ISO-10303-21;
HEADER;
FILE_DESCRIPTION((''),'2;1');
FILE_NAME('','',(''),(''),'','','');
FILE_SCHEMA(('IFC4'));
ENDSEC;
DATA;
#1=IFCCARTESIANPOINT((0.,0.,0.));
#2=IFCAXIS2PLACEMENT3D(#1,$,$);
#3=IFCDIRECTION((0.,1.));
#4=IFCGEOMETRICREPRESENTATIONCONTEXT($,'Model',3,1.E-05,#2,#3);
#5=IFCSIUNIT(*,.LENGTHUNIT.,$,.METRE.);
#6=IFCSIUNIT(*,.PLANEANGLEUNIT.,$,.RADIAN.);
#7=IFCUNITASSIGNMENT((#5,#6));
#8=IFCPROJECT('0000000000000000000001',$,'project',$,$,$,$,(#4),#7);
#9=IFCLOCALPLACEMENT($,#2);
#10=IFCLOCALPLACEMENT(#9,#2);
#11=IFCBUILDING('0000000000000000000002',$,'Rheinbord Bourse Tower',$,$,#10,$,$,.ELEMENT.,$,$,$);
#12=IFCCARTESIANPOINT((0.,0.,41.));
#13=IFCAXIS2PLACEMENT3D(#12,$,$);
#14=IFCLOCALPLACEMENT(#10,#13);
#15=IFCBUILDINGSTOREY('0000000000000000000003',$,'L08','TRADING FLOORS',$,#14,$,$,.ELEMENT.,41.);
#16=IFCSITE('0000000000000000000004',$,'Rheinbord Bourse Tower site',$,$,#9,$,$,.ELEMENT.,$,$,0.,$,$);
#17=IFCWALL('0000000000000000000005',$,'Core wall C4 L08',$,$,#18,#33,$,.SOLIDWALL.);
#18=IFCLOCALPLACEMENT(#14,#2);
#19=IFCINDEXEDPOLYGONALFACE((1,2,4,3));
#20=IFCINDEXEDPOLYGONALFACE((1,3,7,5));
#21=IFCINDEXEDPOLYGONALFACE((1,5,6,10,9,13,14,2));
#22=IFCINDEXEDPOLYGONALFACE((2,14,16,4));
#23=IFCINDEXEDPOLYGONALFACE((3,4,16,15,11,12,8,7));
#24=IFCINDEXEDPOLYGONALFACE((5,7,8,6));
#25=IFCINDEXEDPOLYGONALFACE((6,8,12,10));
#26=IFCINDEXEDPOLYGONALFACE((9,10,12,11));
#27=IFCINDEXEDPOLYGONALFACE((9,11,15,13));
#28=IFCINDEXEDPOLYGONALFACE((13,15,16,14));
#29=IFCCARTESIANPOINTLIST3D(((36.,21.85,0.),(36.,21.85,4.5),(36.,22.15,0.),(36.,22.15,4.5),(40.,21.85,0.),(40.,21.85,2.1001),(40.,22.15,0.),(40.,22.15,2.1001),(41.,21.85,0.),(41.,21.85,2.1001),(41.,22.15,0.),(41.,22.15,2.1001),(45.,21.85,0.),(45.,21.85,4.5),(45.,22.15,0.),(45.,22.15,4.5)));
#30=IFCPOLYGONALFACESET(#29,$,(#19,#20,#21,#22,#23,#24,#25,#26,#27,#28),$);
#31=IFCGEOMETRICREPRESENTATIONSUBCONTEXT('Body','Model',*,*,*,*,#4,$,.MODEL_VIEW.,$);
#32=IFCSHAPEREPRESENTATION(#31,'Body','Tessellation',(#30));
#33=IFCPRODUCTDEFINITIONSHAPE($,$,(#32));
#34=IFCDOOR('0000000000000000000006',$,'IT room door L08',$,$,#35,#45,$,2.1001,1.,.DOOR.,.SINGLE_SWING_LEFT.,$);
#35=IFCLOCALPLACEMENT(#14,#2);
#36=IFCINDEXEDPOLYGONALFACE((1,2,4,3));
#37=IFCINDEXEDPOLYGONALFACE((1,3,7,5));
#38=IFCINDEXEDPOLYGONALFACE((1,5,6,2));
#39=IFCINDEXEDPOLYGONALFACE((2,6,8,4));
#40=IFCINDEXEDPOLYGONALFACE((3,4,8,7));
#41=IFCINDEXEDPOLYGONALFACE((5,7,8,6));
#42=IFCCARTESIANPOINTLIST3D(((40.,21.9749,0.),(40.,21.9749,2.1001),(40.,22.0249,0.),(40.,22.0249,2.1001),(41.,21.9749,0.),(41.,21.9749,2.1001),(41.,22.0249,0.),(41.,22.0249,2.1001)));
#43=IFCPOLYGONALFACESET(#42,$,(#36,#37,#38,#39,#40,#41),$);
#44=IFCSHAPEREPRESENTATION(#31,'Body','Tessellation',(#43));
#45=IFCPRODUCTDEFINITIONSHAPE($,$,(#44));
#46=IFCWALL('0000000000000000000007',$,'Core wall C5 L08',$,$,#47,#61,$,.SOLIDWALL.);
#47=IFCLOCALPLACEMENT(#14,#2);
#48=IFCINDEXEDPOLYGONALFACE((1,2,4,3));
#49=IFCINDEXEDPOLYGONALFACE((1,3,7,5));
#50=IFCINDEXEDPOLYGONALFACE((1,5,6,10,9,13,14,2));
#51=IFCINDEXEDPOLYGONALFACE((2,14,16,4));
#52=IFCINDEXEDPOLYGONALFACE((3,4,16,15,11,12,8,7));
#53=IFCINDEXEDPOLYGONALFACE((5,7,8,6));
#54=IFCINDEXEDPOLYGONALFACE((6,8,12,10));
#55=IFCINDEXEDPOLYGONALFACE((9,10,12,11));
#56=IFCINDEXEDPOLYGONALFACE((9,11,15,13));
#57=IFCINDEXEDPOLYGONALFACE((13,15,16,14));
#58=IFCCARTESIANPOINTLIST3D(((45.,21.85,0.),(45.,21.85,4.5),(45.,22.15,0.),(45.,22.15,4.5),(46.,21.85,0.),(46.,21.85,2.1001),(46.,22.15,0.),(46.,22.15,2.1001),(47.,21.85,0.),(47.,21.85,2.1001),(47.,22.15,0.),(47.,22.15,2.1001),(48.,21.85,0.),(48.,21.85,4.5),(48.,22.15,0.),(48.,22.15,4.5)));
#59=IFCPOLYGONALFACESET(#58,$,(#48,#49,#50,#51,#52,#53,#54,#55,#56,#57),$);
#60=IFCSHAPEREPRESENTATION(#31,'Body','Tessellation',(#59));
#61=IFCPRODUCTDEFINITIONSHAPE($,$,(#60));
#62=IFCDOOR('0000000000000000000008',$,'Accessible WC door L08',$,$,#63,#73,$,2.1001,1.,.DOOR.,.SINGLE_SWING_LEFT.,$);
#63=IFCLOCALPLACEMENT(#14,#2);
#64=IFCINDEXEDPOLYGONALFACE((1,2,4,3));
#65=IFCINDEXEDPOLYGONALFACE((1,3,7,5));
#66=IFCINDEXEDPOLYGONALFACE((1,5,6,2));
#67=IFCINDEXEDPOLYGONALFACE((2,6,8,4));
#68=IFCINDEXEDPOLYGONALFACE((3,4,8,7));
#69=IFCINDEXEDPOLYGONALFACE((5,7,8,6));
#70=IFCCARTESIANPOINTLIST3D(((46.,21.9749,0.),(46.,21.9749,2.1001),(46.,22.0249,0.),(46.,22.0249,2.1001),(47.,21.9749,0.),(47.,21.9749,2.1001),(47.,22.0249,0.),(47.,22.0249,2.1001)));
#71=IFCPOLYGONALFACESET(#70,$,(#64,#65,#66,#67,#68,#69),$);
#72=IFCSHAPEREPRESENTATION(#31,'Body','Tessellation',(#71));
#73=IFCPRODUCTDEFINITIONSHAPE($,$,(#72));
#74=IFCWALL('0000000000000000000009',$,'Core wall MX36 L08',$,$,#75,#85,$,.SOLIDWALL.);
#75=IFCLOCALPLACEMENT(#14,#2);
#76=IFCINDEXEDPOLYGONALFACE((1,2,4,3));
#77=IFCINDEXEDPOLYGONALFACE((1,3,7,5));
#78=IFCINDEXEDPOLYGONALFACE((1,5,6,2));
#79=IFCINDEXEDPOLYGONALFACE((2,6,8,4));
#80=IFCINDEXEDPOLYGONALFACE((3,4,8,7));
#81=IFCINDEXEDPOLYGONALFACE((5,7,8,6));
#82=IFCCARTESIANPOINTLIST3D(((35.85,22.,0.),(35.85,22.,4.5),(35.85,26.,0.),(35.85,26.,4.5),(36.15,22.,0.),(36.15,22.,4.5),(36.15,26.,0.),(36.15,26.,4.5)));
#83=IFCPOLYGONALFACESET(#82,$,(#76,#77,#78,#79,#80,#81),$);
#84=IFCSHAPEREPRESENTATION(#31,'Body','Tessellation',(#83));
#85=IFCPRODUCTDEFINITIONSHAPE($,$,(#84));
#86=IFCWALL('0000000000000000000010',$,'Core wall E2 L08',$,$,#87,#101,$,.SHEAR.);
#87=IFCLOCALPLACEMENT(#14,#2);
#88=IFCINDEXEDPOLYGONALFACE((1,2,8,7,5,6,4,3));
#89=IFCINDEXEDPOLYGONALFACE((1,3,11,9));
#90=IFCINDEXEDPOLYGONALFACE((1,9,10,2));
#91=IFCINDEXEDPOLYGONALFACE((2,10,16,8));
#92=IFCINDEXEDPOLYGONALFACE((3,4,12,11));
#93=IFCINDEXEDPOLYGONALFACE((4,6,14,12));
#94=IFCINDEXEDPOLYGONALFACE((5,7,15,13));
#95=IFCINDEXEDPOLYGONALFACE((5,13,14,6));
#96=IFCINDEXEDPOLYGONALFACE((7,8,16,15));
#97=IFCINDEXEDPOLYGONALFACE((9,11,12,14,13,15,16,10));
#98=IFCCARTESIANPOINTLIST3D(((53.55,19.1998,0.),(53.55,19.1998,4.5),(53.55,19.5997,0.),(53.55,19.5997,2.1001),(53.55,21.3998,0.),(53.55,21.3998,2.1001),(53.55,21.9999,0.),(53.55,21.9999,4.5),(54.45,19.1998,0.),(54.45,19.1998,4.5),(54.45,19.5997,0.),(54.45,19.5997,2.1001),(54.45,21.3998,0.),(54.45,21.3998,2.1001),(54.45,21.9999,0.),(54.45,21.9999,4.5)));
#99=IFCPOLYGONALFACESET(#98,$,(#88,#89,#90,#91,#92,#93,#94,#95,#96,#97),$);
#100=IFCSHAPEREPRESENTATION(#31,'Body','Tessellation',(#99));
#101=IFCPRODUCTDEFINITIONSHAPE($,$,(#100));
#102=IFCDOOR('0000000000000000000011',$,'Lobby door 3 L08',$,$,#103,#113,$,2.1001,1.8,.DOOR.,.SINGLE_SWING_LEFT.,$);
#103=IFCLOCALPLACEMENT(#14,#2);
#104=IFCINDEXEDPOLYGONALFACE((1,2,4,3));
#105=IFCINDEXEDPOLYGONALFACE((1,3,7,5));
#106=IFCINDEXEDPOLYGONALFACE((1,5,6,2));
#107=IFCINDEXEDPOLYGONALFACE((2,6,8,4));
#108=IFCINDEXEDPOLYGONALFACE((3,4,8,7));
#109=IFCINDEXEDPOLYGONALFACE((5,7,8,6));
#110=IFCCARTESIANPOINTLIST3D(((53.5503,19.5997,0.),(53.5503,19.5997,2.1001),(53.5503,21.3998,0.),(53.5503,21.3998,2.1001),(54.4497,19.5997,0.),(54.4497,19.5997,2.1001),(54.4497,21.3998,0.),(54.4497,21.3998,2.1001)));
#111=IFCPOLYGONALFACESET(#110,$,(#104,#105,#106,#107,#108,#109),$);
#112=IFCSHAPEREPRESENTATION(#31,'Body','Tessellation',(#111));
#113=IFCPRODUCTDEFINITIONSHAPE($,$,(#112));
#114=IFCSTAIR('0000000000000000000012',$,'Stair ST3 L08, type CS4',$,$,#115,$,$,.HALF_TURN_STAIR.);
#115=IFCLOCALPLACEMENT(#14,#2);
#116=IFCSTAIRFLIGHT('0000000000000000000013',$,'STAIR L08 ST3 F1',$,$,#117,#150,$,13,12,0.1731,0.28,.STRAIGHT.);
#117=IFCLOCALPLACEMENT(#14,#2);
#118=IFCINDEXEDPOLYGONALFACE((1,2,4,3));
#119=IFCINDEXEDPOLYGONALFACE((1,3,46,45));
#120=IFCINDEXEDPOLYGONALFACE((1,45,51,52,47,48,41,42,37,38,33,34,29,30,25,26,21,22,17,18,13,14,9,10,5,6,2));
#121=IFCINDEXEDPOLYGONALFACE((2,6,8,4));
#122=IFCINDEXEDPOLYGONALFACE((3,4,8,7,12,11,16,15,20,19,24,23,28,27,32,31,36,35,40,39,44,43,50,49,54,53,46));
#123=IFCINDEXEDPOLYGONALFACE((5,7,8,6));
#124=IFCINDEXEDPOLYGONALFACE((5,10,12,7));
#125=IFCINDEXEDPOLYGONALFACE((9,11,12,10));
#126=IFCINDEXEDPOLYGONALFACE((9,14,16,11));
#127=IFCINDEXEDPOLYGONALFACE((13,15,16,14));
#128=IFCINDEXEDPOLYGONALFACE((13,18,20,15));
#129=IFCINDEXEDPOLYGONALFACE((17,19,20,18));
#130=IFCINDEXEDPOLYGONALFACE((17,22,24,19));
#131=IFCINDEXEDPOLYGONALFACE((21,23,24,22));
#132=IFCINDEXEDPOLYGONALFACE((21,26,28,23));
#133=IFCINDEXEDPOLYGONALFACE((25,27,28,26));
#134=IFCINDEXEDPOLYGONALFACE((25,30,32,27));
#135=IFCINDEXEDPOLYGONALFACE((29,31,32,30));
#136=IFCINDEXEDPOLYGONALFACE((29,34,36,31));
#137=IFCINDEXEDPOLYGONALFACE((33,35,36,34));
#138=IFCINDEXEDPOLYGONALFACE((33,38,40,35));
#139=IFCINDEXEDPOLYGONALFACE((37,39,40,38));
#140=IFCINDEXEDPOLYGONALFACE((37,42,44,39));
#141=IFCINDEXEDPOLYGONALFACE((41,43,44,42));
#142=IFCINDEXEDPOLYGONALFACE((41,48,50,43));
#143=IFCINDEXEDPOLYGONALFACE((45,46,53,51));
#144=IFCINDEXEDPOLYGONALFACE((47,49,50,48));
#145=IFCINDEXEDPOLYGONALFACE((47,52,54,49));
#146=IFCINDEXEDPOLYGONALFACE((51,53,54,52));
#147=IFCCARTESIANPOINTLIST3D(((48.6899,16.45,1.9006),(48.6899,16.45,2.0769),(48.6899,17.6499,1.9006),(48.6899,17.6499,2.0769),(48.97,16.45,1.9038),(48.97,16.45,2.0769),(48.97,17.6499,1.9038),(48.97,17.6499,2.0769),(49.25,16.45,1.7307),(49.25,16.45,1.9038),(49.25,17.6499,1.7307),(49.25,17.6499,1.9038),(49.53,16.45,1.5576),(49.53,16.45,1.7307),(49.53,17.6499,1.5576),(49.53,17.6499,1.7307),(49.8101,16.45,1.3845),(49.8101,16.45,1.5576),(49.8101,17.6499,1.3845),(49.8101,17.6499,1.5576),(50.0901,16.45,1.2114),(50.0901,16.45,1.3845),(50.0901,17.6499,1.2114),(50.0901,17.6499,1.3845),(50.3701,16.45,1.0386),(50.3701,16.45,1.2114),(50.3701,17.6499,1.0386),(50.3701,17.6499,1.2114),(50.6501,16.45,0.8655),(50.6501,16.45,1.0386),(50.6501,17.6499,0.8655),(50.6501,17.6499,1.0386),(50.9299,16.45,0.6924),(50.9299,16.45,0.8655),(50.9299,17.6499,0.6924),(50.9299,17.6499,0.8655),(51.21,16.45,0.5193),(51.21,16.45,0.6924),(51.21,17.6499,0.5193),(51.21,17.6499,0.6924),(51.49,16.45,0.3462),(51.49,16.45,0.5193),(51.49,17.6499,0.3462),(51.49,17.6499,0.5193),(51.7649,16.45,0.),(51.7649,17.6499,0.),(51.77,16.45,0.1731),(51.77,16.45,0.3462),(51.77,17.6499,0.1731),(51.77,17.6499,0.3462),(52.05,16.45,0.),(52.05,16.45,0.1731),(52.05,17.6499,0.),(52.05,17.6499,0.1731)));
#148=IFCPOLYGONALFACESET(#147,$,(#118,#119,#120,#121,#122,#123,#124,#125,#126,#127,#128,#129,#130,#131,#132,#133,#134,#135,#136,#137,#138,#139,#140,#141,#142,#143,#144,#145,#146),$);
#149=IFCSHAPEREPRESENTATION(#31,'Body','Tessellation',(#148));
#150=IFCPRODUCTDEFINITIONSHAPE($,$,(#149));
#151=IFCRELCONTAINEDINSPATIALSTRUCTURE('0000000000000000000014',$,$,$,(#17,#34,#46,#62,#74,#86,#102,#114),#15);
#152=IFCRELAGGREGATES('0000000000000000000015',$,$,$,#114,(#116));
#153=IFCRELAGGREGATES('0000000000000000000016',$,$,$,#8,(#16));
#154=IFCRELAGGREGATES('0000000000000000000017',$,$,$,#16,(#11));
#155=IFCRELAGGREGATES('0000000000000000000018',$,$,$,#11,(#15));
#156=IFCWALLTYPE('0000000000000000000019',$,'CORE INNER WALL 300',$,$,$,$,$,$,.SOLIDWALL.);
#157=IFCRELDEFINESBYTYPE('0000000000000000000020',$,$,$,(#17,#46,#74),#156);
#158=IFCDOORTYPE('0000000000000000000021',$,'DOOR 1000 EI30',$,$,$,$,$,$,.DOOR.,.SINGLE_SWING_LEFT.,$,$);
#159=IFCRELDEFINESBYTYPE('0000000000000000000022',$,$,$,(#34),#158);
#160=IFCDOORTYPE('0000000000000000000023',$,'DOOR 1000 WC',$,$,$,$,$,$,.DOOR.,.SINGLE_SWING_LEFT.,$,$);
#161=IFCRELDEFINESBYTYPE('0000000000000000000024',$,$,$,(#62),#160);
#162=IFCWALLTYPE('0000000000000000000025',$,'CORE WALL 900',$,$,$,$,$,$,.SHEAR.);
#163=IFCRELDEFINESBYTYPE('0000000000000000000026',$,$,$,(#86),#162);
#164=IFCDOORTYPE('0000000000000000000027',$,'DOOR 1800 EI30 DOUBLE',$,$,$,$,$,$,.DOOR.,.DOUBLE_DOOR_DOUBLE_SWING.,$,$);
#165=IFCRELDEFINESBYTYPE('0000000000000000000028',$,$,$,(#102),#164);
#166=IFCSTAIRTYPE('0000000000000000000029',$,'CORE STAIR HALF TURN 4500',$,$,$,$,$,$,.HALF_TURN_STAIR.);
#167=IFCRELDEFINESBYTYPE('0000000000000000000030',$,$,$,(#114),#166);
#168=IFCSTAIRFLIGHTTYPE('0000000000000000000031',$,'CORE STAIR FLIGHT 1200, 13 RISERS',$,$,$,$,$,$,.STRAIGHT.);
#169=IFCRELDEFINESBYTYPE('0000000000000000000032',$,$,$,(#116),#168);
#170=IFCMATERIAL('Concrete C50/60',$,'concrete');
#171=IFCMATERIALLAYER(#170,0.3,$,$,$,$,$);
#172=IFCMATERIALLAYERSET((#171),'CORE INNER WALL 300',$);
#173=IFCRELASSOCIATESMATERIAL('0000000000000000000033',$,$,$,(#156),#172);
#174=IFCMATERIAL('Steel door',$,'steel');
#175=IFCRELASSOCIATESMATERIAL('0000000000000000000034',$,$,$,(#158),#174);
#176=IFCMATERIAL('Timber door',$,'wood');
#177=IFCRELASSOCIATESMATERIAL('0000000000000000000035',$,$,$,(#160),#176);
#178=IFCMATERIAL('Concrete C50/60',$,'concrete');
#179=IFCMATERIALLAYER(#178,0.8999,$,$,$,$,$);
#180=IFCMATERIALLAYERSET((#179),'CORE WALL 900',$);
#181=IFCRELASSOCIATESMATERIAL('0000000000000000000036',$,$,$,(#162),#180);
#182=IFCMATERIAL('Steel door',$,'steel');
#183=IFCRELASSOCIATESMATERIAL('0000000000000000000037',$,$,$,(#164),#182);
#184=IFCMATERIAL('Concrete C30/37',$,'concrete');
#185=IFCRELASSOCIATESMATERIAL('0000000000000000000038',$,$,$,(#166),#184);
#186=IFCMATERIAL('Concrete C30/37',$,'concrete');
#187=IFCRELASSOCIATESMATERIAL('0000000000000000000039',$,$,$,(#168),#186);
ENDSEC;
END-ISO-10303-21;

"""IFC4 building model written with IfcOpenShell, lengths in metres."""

from ifc_helpers import new_model, si_unit, direction, frame, frame_2d, origin, place, context, subcontext, project, spatial, polyline, rectangle, outline, extrude, material, layer, layer_set, type_object, element, fill, aggregate, save


model = new_model("IFC4")

# Units and contexts
model_context = context("Model", 3, precision=1e-05, world=origin(), true_north=direction((0.0, 1.0)))
body_context = subcontext(model_context, "Body", "Model", "MODEL_VIEW")
ifc_project = project(units=[si_unit("LENGTHUNIT", "METRE"), si_unit("PLANEANGLEUNIT", "RADIAN")], contexts=[model_context])

# Site, building, storey
site_placement = place(None, origin())
site = spatial("IfcSite", under=ifc_project, at=site_placement, Name="Rheinbord Bourse Tower site", CompositionType="ELEMENT", RefElevation=0.0)
building_placement = place(site_placement, origin())
building = spatial("IfcBuilding", under=site, at=building_placement, Name="Rheinbord Bourse Tower", CompositionType="ELEMENT")
storey_placement = place(building_placement, frame((0.0, 0.0, 41.0)))
storey = spatial("IfcBuildingStorey", under=building, at=storey_placement, Name="L08", Description="TRADING FLOORS", CompositionType="ELEMENT", Elevation=41.0)

# Shared definitions
ifc_material_1 = material(Name="Concrete C50/60", Category="concrete")
ifc_layer_1 = layer(ifc_material_1, 0.3)
ifc_layer_set_1 = layer_set([ifc_layer_1], Name="CORE INNER WALL 300")
wall_type_1 = type_object("IfcWallType", Name="CORE INNER WALL 300", PredefinedType="SOLIDWALL", material=ifc_layer_set_1)

# Walls, openings, doors
ifc_material_2 = material(Name="Steel door", Category="steel")
door_type_1 = type_object("IfcDoorType", Name="DOOR 1000 EI30", OperationType="SINGLE_SWING_LEFT", PredefinedType="DOOR", material=ifc_material_2)
wall_1_placement = place(storey_placement, frame((36.0, 22.0, 0.0), z_axis=(0.0, 0.0, 1.0), x_axis=(1.0, 0.0, 0.0)))
wall_1 = element("IfcWall", 1, at=wall_1_placement, inside=storey, type_object=wall_type_1, Name="Core wall C4 L08", PredefinedType="SOLIDWALL", context=body_context, shape_type="SweptSolid", body=[
    extrude(rectangle(XDim=9.0, YDim=0.3, at=frame_2d((4.5, 0.0))), origin(), (0.0, 0.0, 1.0), 4.5),
])
opening_1_placement = place(wall_1_placement, frame((4.0, 0.0, 0.0)))
opening_1 = element("IfcOpeningElement", 2, at=opening_1_placement, cuts=wall_1, PredefinedType="OPENING", context=body_context, shape_type="SweptSolid", body=[
    extrude(rectangle(XDim=1.0, YDim=2.1001, at=frame_2d((0.5, 1.05))), frame((0.0, 0.1599, 0.0), z_axis=(0.0, -1.0, 0.0), x_axis=(1.0, 0.0, 0.0)), (0.0, 0.0, 1.0), 0.3201),
])
door_1_placement = place(opening_1_placement, origin())
door_1 = element("IfcDoor", 3, at=door_1_placement, inside=storey, type_object=door_type_1, Name="IT room door L08", OperationType="SINGLE_SWING_LEFT", OverallHeight=2.1001, OverallWidth=1.0, PredefinedType="DOOR", context=body_context, shape_type="SweptSolid", body=[
    extrude(rectangle(XDim=1.0, YDim=2.1001, at=frame_2d((0.5, 1.05))), frame((0.0, 0.0249, 0.0), z_axis=(0.0, -1.0, 0.0), x_axis=(1.0, 0.0, 0.0)), (0.0, 0.0, 1.0), 0.05),
])
fill(opening_1, door_1)
wall_2_placement = place(storey_placement, frame((45.0, 22.0, 0.0), z_axis=(0.0, 0.0, 1.0), x_axis=(1.0, 0.0, 0.0)))
wall_2 = element("IfcWall", 4, at=wall_2_placement, inside=storey, type_object=wall_type_1, Name="Core wall C5 L08", PredefinedType="SOLIDWALL", context=body_context, shape_type="SweptSolid", body=[
    extrude(rectangle(XDim=3.0, YDim=0.3, at=frame_2d((1.5, 0.0))), origin(), (0.0, 0.0, 1.0), 4.5),
])
opening_2_placement = place(wall_2_placement, frame((1.0, 0.0, 0.0)))
opening_2 = element("IfcOpeningElement", 5, at=opening_2_placement, cuts=wall_2, PredefinedType="OPENING", context=body_context, shape_type="SweptSolid", body=[
    extrude(rectangle(XDim=1.0, YDim=2.1001, at=frame_2d((0.5, 1.05))), frame((0.0, 0.1599, 0.0), z_axis=(0.0, -1.0, 0.0), x_axis=(1.0, 0.0, 0.0)), (0.0, 0.0, 1.0), 0.3201),
])
ifc_material_3 = material(Name="Timber door", Category="wood")
door_type_2 = type_object("IfcDoorType", Name="DOOR 1000 WC", OperationType="SINGLE_SWING_LEFT", PredefinedType="DOOR", material=ifc_material_3)
door_2_placement = place(opening_2_placement, origin())
door_2 = element("IfcDoor", 6, at=door_2_placement, inside=storey, type_object=door_type_2, Name="Accessible WC door L08", OperationType="SINGLE_SWING_LEFT", OverallHeight=2.1001, OverallWidth=1.0, PredefinedType="DOOR", context=body_context, shape_type="SweptSolid", body=[
    extrude(rectangle(XDim=1.0, YDim=2.1001, at=frame_2d((0.5, 1.05))), frame((0.0, 0.0249, 0.0), z_axis=(0.0, -1.0, 0.0), x_axis=(1.0, 0.0, 0.0)), (0.0, 0.0, 1.0), 0.05),
])
fill(opening_2, door_2)

# Wall
wall_3_placement = place(storey_placement, frame((36.0, 22.0, 0.0), z_axis=(0.0, 0.0, 1.0), x_axis=(0.0, 1.0, 0.0)))
element("IfcWall", 7, at=wall_3_placement, inside=storey, type_object=wall_type_1, Name="Core wall MX36 L08", PredefinedType="SOLIDWALL", context=body_context, shape_type="SweptSolid", body=[
    extrude(rectangle(XDim=4.0, YDim=0.3, at=frame_2d((2.0, 0.0))), origin(), (0.0, 0.0, 1.0), 4.5),
])

# Wall, opening, door
ifc_material_4 = material(Name="Concrete C50/60", Category="concrete")
ifc_layer_2 = layer(ifc_material_4, 0.8999)
ifc_layer_set_2 = layer_set([ifc_layer_2], Name="CORE WALL 900")
wall_type_2 = type_object("IfcWallType", Name="CORE WALL 900", PredefinedType="SHEAR", material=ifc_layer_set_2)
wall_4_placement = place(storey_placement, frame((54.0, 19.2, 0.0), z_axis=(0.0, 0.0, 1.0), x_axis=(0.0, 1.0, 0.0)))
wall_4 = element("IfcWall", 8, at=wall_4_placement, inside=storey, type_object=wall_type_2, Name="Core wall E2 L08", PredefinedType="SHEAR", context=body_context, shape_type="SweptSolid", body=[
    extrude(rectangle(XDim=2.8, YDim=0.8999, at=frame_2d((1.3999, 0.0))), origin(), (0.0, 0.0, 1.0), 4.5),
])
opening_3_placement = place(wall_4_placement, frame((0.3999, 0.0, 0.0)))
opening_3 = element("IfcOpeningElement", 9, at=opening_3_placement, cuts=wall_4, PredefinedType="OPENING", context=body_context, shape_type="SweptSolid", body=[
    extrude(rectangle(XDim=1.8, YDim=2.1001, at=frame_2d((0.8999, 1.05))), frame((0.0, 0.46, 0.0), z_axis=(0.0, -1.0, 0.0), x_axis=(1.0, 0.0, 0.0)), (0.0, 0.0, 1.0), 0.9199),
])
ifc_material_5 = material(Name="Steel door", Category="steel")
door_type_3 = type_object("IfcDoorType", Name="DOOR 1800 EI30 DOUBLE", OperationType="DOUBLE_DOOR_DOUBLE_SWING", PredefinedType="DOOR", material=ifc_material_5)
door_3_placement = place(opening_3_placement, origin())
door_3 = element("IfcDoor", 10, at=door_3_placement, inside=storey, type_object=door_type_3, Name="Lobby door 3 L08", OperationType="SINGLE_SWING_LEFT", OverallHeight=2.1001, OverallWidth=1.8, PredefinedType="DOOR", context=body_context, shape_type="SweptSolid", body=[
    extrude(rectangle(XDim=1.8, YDim=2.1001, at=frame_2d((0.8999, 1.05))), frame((0.0, 0.4497, 0.0), z_axis=(0.0, -1.0, 0.0), x_axis=(1.0, 0.0, 0.0)), (0.0, 0.0, 1.0), 0.8994),
])
fill(opening_3, door_3)

# Stair, stair flight
ifc_material_6 = material(Name="Concrete C30/37", Category="concrete")
stair_type = type_object("IfcStairType", Name="CORE STAIR HALF TURN 4500", PredefinedType="HALF_TURN_STAIR", material=ifc_material_6)
stair_placement = place(storey_placement, origin())
stair = element("IfcStair", 11, at=stair_placement, inside=storey, type_object=stair_type, Name="Stair ST3 L08, type CS4", PredefinedType="HALF_TURN_STAIR")
ifc_material_7 = material(Name="Concrete C30/37", Category="concrete")
stair_flight_type = type_object("IfcStairFlightType", Name="CORE STAIR FLIGHT 1200, 13 RISERS", PredefinedType="STRAIGHT", material=ifc_material_7)
stair_flight_1_placement = place(storey_placement, frame((52.05, 17.05, 0.0), z_axis=(0.0, 0.0, 1.0), x_axis=(-1.0, 0.0, 0.0)))
stair_flight_1 = element("IfcStairFlight", 12, at=stair_flight_1_placement, type_object=stair_flight_type, Name="STAIR L08 ST3 F1", NumberOfRisers=13, NumberOfTreads=12, PredefinedType="STRAIGHT", RiserHeight=0.1731, TreadLength=0.28, context=body_context, shape_type="SweptSolid", body=[
    extrude(outline(polyline([(0.0, 0.0), (0.0, 0.1731), (0.28, 0.1731), (0.28, 0.3462), (0.5601, 0.3462), (0.5601, 0.5193), (0.8401, 0.5193), (0.8401, 0.6924), (1.1201, 0.6924), (1.1201, 0.8655), (1.3999, 0.8655), (1.3999, 1.0386), (1.6799, 1.0386), (1.6799, 1.2114), (1.96, 1.2114), (1.96, 1.3845), (2.24, 1.3845), (2.24, 1.5576), (2.52, 1.5576), (2.52, 1.7307), (2.8, 1.7307), (2.8, 1.9038), (3.0801, 1.9038), (3.0801, 2.0769), (3.3601, 2.0769), (3.3601, 2.25), (3.3601, 1.9006), (0.2852, 0.0), (0.0, 0.0)])), frame((0.0, 0.6001, 0.0), z_axis=(0.0, -1.0, 0.0), x_axis=(1.0, 0.0, 0.0)), (0.0, 0.0, 1.0), 1.2),
])
aggregate(stair, [stair_flight_1])

save(model, "model.ifc")
